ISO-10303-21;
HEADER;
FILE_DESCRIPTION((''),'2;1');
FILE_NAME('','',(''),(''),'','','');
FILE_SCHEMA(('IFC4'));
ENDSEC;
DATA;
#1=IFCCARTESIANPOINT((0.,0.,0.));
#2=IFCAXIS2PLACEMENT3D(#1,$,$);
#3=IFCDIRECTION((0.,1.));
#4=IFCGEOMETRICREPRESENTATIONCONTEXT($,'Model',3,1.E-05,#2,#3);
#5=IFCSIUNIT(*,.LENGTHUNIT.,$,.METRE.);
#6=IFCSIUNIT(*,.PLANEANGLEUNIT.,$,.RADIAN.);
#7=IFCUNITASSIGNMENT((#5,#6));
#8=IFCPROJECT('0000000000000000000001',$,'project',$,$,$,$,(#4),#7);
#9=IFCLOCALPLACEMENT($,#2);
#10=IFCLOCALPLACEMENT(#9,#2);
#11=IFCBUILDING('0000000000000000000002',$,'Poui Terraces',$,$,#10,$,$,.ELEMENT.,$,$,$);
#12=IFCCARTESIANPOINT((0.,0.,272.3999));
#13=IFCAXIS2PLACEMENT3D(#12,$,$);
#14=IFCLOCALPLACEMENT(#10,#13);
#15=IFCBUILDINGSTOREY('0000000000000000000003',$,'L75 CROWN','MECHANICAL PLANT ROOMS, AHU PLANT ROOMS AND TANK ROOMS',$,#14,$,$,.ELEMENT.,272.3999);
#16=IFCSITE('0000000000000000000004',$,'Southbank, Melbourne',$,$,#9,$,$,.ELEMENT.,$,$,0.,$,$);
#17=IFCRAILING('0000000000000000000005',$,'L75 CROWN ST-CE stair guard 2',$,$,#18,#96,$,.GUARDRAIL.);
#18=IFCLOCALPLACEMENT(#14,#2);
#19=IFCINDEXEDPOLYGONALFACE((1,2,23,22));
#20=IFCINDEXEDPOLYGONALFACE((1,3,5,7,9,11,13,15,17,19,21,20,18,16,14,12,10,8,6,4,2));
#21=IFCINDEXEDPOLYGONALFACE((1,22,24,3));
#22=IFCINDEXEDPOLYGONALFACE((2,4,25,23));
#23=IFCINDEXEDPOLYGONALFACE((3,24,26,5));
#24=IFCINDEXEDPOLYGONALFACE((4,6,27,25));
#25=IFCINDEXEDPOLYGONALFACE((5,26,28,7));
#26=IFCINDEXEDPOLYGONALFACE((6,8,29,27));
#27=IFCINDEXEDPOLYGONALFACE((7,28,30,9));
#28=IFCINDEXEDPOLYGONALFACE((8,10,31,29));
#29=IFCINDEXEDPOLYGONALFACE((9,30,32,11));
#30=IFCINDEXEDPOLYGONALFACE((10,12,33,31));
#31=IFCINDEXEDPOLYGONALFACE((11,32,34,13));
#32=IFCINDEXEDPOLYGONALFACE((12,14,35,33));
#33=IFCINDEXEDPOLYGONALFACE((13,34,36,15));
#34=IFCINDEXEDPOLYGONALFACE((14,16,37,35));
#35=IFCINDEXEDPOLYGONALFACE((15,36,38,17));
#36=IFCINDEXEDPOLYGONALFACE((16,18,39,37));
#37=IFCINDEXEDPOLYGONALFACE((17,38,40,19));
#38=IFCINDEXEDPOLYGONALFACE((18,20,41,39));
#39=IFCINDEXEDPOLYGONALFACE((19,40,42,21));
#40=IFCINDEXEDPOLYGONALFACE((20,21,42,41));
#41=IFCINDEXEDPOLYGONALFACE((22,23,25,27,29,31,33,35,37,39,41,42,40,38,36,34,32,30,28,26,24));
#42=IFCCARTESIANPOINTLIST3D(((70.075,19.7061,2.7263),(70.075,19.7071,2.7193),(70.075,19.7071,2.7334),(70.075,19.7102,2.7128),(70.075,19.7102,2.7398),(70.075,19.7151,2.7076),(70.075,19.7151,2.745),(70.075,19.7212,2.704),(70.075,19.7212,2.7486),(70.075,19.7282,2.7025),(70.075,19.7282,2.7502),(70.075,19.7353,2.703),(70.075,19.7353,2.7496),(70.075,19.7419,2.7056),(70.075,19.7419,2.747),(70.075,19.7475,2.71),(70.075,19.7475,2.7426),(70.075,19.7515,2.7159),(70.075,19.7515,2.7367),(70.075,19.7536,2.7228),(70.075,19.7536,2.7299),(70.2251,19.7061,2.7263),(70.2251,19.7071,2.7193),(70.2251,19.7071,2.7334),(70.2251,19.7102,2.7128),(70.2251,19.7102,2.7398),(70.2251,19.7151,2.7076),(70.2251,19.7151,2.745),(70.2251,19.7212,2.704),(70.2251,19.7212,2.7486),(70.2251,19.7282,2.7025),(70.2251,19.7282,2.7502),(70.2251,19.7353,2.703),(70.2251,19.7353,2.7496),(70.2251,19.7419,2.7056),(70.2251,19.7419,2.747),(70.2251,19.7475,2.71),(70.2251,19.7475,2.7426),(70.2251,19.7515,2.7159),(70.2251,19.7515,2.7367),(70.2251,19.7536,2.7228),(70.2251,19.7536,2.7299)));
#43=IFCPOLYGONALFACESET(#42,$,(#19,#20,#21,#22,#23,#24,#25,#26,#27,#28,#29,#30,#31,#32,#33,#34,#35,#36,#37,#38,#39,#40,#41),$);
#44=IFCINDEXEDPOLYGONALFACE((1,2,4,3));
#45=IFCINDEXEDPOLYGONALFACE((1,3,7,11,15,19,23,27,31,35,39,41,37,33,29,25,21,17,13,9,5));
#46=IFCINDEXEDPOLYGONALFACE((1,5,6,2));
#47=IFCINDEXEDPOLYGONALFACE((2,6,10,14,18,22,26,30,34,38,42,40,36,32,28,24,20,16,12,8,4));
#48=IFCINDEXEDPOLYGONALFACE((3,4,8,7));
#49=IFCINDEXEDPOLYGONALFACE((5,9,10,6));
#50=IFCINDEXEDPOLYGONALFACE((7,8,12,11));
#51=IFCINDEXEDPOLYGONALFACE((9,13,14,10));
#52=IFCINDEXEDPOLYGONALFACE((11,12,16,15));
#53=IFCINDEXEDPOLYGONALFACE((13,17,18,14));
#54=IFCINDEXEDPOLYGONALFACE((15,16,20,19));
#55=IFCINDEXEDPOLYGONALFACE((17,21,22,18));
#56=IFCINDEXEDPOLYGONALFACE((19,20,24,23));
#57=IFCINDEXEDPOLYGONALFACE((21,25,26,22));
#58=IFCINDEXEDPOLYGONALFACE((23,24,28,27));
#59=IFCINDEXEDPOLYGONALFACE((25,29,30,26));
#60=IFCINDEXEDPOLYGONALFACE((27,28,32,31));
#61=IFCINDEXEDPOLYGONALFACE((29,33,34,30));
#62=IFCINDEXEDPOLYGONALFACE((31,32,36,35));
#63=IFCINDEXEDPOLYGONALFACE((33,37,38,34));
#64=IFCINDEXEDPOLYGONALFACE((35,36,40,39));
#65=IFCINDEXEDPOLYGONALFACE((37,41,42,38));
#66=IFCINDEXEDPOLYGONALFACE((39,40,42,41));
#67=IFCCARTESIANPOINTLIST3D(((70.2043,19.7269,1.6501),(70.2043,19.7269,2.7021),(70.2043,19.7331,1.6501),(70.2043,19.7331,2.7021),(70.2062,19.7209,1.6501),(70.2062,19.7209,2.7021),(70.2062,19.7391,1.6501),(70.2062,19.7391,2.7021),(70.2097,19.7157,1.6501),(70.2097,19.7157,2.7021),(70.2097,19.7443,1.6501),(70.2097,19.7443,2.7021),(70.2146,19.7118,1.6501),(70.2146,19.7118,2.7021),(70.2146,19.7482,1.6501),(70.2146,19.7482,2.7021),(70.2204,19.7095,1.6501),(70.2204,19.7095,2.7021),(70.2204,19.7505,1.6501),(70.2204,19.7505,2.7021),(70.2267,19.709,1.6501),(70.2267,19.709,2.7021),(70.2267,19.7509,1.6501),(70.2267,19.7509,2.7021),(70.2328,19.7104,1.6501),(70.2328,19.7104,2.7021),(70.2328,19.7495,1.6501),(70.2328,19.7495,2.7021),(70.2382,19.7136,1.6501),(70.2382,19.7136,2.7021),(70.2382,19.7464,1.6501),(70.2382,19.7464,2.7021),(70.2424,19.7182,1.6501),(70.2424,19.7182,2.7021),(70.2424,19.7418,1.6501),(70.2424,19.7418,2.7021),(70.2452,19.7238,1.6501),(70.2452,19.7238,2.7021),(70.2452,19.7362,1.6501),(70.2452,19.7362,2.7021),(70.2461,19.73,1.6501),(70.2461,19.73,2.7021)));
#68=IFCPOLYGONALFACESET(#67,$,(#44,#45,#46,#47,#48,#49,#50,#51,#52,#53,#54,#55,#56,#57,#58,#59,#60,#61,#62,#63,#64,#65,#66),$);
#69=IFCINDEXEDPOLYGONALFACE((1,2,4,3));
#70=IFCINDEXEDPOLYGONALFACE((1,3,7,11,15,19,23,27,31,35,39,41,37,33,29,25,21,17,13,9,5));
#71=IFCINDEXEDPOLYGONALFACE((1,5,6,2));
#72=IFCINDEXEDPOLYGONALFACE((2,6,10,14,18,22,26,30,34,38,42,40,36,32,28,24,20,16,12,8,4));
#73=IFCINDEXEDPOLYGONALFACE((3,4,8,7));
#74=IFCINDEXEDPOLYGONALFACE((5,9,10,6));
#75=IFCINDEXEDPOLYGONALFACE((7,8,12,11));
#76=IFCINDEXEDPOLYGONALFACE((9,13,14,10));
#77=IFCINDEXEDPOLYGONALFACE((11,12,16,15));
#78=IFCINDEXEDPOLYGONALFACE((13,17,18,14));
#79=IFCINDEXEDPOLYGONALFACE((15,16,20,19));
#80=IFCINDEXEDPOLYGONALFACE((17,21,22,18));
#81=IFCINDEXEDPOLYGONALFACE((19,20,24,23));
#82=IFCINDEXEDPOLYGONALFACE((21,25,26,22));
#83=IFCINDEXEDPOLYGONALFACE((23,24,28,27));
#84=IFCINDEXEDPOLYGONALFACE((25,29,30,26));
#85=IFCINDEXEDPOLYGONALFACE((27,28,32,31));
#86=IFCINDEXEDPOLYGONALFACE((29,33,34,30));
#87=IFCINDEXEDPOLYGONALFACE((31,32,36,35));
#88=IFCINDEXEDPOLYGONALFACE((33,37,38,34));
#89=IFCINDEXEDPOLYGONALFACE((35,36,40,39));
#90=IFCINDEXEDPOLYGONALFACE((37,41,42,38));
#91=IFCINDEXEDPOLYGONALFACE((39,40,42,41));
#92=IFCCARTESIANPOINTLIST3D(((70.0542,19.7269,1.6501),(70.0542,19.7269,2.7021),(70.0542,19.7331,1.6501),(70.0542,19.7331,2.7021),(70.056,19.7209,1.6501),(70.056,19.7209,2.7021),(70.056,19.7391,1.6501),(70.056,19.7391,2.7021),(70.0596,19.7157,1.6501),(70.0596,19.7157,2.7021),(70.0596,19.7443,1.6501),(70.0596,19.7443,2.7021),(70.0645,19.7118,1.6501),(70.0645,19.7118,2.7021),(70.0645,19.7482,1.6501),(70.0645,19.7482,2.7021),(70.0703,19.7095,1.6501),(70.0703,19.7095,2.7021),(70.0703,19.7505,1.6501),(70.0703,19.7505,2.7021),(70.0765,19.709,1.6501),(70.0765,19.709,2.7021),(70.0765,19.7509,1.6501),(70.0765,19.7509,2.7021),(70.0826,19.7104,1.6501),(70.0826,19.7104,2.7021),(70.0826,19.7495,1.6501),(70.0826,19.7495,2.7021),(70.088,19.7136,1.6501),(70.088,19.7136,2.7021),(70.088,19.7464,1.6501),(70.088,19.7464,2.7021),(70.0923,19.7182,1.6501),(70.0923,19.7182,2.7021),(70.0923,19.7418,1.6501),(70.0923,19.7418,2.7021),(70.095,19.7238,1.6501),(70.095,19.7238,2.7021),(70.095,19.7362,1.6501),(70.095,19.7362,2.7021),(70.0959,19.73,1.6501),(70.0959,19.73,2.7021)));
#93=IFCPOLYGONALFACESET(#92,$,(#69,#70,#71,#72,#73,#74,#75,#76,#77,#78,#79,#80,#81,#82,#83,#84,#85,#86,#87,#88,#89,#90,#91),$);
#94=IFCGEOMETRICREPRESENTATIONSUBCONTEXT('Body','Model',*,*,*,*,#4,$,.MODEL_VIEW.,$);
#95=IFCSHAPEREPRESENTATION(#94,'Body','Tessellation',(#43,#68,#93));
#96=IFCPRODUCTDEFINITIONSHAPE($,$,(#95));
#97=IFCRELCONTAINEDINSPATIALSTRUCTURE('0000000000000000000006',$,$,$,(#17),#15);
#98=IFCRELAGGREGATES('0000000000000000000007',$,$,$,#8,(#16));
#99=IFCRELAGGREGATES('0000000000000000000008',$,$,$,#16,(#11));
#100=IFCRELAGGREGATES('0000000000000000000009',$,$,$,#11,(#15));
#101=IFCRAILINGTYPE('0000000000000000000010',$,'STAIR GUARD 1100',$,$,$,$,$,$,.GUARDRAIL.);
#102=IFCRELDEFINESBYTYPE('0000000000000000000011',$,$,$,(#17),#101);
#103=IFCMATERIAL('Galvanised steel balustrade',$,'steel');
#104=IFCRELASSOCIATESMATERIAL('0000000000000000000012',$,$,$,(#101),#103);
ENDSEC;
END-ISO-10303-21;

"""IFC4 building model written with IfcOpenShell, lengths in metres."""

from ifc_helpers import new_model, si_unit, direction, frame, origin, origin_2d, place, context, subcontext, project, spatial, circle, extrude, material, type_object, element, save


model = new_model("IFC4")

# Units and contexts
model_context = context("Model", 3, precision=1e-05, world=origin(), true_north=direction((0.0, 1.0)))
body_context = subcontext(model_context, "Body", "Model", "MODEL_VIEW")
ifc_project = project(units=[si_unit("LENGTHUNIT", "METRE"), si_unit("PLANEANGLEUNIT", "RADIAN")], contexts=[model_context])

# Site, building, storey
site_placement = place(None, origin())
site = spatial("IfcSite", under=ifc_project, at=site_placement, Name="Southbank, Melbourne", CompositionType="ELEMENT", RefElevation=0.0)
building_placement = place(site_placement, origin())
building = spatial("IfcBuilding", under=site, at=building_placement, Name="Poui Terraces", CompositionType="ELEMENT")
storey_placement = place(building_placement, frame((0.0, 0.0, 272.3999)))
storey = spatial("IfcBuildingStorey", under=building, at=storey_placement, Name="L75 CROWN", Description="MECHANICAL PLANT ROOMS, AHU PLANT ROOMS AND TANK ROOMS", CompositionType="ELEMENT", Elevation=272.3999)

# Railing
ifc_material_1 = material(Name="Galvanised steel balustrade", Category="steel")
railing_type_1 = type_object("IfcRailingType", Name="STAIR GUARD 1100", PredefinedType="GUARDRAIL", material=ifc_material_1)
railing_1_placement = place(storey_placement, frame((70.2251, 19.73, 1.6501)))
element("IfcRailing", 1, at=railing_1_placement, inside=storey, type_object=railing_type_1, Name="L75 CROWN ST-CE stair guard 2", PredefinedType="GUARDRAIL", context=body_context, shape_type="SweptSolid", body=[
    extrude(circle(Radius=0.0239, at=origin_2d()), frame((0.0, 0.0, 1.0762), z_axis=(-1.0, 0.0, 0.0), x_axis=(0.0, -1.0, 0.0)), (0.0, 0.0, 1.0), 0.1501),
    extrude(circle(Radius=0.021, at=origin_2d()), origin(), (0.0, 0.0, 1.0), 1.052),
    extrude(circle(Radius=0.021, at=origin_2d()), frame((-0.1501, 0.0, 0.0)), (0.0, 0.0, 1.0), 1.052),
])

save(model, "model.ifc")
